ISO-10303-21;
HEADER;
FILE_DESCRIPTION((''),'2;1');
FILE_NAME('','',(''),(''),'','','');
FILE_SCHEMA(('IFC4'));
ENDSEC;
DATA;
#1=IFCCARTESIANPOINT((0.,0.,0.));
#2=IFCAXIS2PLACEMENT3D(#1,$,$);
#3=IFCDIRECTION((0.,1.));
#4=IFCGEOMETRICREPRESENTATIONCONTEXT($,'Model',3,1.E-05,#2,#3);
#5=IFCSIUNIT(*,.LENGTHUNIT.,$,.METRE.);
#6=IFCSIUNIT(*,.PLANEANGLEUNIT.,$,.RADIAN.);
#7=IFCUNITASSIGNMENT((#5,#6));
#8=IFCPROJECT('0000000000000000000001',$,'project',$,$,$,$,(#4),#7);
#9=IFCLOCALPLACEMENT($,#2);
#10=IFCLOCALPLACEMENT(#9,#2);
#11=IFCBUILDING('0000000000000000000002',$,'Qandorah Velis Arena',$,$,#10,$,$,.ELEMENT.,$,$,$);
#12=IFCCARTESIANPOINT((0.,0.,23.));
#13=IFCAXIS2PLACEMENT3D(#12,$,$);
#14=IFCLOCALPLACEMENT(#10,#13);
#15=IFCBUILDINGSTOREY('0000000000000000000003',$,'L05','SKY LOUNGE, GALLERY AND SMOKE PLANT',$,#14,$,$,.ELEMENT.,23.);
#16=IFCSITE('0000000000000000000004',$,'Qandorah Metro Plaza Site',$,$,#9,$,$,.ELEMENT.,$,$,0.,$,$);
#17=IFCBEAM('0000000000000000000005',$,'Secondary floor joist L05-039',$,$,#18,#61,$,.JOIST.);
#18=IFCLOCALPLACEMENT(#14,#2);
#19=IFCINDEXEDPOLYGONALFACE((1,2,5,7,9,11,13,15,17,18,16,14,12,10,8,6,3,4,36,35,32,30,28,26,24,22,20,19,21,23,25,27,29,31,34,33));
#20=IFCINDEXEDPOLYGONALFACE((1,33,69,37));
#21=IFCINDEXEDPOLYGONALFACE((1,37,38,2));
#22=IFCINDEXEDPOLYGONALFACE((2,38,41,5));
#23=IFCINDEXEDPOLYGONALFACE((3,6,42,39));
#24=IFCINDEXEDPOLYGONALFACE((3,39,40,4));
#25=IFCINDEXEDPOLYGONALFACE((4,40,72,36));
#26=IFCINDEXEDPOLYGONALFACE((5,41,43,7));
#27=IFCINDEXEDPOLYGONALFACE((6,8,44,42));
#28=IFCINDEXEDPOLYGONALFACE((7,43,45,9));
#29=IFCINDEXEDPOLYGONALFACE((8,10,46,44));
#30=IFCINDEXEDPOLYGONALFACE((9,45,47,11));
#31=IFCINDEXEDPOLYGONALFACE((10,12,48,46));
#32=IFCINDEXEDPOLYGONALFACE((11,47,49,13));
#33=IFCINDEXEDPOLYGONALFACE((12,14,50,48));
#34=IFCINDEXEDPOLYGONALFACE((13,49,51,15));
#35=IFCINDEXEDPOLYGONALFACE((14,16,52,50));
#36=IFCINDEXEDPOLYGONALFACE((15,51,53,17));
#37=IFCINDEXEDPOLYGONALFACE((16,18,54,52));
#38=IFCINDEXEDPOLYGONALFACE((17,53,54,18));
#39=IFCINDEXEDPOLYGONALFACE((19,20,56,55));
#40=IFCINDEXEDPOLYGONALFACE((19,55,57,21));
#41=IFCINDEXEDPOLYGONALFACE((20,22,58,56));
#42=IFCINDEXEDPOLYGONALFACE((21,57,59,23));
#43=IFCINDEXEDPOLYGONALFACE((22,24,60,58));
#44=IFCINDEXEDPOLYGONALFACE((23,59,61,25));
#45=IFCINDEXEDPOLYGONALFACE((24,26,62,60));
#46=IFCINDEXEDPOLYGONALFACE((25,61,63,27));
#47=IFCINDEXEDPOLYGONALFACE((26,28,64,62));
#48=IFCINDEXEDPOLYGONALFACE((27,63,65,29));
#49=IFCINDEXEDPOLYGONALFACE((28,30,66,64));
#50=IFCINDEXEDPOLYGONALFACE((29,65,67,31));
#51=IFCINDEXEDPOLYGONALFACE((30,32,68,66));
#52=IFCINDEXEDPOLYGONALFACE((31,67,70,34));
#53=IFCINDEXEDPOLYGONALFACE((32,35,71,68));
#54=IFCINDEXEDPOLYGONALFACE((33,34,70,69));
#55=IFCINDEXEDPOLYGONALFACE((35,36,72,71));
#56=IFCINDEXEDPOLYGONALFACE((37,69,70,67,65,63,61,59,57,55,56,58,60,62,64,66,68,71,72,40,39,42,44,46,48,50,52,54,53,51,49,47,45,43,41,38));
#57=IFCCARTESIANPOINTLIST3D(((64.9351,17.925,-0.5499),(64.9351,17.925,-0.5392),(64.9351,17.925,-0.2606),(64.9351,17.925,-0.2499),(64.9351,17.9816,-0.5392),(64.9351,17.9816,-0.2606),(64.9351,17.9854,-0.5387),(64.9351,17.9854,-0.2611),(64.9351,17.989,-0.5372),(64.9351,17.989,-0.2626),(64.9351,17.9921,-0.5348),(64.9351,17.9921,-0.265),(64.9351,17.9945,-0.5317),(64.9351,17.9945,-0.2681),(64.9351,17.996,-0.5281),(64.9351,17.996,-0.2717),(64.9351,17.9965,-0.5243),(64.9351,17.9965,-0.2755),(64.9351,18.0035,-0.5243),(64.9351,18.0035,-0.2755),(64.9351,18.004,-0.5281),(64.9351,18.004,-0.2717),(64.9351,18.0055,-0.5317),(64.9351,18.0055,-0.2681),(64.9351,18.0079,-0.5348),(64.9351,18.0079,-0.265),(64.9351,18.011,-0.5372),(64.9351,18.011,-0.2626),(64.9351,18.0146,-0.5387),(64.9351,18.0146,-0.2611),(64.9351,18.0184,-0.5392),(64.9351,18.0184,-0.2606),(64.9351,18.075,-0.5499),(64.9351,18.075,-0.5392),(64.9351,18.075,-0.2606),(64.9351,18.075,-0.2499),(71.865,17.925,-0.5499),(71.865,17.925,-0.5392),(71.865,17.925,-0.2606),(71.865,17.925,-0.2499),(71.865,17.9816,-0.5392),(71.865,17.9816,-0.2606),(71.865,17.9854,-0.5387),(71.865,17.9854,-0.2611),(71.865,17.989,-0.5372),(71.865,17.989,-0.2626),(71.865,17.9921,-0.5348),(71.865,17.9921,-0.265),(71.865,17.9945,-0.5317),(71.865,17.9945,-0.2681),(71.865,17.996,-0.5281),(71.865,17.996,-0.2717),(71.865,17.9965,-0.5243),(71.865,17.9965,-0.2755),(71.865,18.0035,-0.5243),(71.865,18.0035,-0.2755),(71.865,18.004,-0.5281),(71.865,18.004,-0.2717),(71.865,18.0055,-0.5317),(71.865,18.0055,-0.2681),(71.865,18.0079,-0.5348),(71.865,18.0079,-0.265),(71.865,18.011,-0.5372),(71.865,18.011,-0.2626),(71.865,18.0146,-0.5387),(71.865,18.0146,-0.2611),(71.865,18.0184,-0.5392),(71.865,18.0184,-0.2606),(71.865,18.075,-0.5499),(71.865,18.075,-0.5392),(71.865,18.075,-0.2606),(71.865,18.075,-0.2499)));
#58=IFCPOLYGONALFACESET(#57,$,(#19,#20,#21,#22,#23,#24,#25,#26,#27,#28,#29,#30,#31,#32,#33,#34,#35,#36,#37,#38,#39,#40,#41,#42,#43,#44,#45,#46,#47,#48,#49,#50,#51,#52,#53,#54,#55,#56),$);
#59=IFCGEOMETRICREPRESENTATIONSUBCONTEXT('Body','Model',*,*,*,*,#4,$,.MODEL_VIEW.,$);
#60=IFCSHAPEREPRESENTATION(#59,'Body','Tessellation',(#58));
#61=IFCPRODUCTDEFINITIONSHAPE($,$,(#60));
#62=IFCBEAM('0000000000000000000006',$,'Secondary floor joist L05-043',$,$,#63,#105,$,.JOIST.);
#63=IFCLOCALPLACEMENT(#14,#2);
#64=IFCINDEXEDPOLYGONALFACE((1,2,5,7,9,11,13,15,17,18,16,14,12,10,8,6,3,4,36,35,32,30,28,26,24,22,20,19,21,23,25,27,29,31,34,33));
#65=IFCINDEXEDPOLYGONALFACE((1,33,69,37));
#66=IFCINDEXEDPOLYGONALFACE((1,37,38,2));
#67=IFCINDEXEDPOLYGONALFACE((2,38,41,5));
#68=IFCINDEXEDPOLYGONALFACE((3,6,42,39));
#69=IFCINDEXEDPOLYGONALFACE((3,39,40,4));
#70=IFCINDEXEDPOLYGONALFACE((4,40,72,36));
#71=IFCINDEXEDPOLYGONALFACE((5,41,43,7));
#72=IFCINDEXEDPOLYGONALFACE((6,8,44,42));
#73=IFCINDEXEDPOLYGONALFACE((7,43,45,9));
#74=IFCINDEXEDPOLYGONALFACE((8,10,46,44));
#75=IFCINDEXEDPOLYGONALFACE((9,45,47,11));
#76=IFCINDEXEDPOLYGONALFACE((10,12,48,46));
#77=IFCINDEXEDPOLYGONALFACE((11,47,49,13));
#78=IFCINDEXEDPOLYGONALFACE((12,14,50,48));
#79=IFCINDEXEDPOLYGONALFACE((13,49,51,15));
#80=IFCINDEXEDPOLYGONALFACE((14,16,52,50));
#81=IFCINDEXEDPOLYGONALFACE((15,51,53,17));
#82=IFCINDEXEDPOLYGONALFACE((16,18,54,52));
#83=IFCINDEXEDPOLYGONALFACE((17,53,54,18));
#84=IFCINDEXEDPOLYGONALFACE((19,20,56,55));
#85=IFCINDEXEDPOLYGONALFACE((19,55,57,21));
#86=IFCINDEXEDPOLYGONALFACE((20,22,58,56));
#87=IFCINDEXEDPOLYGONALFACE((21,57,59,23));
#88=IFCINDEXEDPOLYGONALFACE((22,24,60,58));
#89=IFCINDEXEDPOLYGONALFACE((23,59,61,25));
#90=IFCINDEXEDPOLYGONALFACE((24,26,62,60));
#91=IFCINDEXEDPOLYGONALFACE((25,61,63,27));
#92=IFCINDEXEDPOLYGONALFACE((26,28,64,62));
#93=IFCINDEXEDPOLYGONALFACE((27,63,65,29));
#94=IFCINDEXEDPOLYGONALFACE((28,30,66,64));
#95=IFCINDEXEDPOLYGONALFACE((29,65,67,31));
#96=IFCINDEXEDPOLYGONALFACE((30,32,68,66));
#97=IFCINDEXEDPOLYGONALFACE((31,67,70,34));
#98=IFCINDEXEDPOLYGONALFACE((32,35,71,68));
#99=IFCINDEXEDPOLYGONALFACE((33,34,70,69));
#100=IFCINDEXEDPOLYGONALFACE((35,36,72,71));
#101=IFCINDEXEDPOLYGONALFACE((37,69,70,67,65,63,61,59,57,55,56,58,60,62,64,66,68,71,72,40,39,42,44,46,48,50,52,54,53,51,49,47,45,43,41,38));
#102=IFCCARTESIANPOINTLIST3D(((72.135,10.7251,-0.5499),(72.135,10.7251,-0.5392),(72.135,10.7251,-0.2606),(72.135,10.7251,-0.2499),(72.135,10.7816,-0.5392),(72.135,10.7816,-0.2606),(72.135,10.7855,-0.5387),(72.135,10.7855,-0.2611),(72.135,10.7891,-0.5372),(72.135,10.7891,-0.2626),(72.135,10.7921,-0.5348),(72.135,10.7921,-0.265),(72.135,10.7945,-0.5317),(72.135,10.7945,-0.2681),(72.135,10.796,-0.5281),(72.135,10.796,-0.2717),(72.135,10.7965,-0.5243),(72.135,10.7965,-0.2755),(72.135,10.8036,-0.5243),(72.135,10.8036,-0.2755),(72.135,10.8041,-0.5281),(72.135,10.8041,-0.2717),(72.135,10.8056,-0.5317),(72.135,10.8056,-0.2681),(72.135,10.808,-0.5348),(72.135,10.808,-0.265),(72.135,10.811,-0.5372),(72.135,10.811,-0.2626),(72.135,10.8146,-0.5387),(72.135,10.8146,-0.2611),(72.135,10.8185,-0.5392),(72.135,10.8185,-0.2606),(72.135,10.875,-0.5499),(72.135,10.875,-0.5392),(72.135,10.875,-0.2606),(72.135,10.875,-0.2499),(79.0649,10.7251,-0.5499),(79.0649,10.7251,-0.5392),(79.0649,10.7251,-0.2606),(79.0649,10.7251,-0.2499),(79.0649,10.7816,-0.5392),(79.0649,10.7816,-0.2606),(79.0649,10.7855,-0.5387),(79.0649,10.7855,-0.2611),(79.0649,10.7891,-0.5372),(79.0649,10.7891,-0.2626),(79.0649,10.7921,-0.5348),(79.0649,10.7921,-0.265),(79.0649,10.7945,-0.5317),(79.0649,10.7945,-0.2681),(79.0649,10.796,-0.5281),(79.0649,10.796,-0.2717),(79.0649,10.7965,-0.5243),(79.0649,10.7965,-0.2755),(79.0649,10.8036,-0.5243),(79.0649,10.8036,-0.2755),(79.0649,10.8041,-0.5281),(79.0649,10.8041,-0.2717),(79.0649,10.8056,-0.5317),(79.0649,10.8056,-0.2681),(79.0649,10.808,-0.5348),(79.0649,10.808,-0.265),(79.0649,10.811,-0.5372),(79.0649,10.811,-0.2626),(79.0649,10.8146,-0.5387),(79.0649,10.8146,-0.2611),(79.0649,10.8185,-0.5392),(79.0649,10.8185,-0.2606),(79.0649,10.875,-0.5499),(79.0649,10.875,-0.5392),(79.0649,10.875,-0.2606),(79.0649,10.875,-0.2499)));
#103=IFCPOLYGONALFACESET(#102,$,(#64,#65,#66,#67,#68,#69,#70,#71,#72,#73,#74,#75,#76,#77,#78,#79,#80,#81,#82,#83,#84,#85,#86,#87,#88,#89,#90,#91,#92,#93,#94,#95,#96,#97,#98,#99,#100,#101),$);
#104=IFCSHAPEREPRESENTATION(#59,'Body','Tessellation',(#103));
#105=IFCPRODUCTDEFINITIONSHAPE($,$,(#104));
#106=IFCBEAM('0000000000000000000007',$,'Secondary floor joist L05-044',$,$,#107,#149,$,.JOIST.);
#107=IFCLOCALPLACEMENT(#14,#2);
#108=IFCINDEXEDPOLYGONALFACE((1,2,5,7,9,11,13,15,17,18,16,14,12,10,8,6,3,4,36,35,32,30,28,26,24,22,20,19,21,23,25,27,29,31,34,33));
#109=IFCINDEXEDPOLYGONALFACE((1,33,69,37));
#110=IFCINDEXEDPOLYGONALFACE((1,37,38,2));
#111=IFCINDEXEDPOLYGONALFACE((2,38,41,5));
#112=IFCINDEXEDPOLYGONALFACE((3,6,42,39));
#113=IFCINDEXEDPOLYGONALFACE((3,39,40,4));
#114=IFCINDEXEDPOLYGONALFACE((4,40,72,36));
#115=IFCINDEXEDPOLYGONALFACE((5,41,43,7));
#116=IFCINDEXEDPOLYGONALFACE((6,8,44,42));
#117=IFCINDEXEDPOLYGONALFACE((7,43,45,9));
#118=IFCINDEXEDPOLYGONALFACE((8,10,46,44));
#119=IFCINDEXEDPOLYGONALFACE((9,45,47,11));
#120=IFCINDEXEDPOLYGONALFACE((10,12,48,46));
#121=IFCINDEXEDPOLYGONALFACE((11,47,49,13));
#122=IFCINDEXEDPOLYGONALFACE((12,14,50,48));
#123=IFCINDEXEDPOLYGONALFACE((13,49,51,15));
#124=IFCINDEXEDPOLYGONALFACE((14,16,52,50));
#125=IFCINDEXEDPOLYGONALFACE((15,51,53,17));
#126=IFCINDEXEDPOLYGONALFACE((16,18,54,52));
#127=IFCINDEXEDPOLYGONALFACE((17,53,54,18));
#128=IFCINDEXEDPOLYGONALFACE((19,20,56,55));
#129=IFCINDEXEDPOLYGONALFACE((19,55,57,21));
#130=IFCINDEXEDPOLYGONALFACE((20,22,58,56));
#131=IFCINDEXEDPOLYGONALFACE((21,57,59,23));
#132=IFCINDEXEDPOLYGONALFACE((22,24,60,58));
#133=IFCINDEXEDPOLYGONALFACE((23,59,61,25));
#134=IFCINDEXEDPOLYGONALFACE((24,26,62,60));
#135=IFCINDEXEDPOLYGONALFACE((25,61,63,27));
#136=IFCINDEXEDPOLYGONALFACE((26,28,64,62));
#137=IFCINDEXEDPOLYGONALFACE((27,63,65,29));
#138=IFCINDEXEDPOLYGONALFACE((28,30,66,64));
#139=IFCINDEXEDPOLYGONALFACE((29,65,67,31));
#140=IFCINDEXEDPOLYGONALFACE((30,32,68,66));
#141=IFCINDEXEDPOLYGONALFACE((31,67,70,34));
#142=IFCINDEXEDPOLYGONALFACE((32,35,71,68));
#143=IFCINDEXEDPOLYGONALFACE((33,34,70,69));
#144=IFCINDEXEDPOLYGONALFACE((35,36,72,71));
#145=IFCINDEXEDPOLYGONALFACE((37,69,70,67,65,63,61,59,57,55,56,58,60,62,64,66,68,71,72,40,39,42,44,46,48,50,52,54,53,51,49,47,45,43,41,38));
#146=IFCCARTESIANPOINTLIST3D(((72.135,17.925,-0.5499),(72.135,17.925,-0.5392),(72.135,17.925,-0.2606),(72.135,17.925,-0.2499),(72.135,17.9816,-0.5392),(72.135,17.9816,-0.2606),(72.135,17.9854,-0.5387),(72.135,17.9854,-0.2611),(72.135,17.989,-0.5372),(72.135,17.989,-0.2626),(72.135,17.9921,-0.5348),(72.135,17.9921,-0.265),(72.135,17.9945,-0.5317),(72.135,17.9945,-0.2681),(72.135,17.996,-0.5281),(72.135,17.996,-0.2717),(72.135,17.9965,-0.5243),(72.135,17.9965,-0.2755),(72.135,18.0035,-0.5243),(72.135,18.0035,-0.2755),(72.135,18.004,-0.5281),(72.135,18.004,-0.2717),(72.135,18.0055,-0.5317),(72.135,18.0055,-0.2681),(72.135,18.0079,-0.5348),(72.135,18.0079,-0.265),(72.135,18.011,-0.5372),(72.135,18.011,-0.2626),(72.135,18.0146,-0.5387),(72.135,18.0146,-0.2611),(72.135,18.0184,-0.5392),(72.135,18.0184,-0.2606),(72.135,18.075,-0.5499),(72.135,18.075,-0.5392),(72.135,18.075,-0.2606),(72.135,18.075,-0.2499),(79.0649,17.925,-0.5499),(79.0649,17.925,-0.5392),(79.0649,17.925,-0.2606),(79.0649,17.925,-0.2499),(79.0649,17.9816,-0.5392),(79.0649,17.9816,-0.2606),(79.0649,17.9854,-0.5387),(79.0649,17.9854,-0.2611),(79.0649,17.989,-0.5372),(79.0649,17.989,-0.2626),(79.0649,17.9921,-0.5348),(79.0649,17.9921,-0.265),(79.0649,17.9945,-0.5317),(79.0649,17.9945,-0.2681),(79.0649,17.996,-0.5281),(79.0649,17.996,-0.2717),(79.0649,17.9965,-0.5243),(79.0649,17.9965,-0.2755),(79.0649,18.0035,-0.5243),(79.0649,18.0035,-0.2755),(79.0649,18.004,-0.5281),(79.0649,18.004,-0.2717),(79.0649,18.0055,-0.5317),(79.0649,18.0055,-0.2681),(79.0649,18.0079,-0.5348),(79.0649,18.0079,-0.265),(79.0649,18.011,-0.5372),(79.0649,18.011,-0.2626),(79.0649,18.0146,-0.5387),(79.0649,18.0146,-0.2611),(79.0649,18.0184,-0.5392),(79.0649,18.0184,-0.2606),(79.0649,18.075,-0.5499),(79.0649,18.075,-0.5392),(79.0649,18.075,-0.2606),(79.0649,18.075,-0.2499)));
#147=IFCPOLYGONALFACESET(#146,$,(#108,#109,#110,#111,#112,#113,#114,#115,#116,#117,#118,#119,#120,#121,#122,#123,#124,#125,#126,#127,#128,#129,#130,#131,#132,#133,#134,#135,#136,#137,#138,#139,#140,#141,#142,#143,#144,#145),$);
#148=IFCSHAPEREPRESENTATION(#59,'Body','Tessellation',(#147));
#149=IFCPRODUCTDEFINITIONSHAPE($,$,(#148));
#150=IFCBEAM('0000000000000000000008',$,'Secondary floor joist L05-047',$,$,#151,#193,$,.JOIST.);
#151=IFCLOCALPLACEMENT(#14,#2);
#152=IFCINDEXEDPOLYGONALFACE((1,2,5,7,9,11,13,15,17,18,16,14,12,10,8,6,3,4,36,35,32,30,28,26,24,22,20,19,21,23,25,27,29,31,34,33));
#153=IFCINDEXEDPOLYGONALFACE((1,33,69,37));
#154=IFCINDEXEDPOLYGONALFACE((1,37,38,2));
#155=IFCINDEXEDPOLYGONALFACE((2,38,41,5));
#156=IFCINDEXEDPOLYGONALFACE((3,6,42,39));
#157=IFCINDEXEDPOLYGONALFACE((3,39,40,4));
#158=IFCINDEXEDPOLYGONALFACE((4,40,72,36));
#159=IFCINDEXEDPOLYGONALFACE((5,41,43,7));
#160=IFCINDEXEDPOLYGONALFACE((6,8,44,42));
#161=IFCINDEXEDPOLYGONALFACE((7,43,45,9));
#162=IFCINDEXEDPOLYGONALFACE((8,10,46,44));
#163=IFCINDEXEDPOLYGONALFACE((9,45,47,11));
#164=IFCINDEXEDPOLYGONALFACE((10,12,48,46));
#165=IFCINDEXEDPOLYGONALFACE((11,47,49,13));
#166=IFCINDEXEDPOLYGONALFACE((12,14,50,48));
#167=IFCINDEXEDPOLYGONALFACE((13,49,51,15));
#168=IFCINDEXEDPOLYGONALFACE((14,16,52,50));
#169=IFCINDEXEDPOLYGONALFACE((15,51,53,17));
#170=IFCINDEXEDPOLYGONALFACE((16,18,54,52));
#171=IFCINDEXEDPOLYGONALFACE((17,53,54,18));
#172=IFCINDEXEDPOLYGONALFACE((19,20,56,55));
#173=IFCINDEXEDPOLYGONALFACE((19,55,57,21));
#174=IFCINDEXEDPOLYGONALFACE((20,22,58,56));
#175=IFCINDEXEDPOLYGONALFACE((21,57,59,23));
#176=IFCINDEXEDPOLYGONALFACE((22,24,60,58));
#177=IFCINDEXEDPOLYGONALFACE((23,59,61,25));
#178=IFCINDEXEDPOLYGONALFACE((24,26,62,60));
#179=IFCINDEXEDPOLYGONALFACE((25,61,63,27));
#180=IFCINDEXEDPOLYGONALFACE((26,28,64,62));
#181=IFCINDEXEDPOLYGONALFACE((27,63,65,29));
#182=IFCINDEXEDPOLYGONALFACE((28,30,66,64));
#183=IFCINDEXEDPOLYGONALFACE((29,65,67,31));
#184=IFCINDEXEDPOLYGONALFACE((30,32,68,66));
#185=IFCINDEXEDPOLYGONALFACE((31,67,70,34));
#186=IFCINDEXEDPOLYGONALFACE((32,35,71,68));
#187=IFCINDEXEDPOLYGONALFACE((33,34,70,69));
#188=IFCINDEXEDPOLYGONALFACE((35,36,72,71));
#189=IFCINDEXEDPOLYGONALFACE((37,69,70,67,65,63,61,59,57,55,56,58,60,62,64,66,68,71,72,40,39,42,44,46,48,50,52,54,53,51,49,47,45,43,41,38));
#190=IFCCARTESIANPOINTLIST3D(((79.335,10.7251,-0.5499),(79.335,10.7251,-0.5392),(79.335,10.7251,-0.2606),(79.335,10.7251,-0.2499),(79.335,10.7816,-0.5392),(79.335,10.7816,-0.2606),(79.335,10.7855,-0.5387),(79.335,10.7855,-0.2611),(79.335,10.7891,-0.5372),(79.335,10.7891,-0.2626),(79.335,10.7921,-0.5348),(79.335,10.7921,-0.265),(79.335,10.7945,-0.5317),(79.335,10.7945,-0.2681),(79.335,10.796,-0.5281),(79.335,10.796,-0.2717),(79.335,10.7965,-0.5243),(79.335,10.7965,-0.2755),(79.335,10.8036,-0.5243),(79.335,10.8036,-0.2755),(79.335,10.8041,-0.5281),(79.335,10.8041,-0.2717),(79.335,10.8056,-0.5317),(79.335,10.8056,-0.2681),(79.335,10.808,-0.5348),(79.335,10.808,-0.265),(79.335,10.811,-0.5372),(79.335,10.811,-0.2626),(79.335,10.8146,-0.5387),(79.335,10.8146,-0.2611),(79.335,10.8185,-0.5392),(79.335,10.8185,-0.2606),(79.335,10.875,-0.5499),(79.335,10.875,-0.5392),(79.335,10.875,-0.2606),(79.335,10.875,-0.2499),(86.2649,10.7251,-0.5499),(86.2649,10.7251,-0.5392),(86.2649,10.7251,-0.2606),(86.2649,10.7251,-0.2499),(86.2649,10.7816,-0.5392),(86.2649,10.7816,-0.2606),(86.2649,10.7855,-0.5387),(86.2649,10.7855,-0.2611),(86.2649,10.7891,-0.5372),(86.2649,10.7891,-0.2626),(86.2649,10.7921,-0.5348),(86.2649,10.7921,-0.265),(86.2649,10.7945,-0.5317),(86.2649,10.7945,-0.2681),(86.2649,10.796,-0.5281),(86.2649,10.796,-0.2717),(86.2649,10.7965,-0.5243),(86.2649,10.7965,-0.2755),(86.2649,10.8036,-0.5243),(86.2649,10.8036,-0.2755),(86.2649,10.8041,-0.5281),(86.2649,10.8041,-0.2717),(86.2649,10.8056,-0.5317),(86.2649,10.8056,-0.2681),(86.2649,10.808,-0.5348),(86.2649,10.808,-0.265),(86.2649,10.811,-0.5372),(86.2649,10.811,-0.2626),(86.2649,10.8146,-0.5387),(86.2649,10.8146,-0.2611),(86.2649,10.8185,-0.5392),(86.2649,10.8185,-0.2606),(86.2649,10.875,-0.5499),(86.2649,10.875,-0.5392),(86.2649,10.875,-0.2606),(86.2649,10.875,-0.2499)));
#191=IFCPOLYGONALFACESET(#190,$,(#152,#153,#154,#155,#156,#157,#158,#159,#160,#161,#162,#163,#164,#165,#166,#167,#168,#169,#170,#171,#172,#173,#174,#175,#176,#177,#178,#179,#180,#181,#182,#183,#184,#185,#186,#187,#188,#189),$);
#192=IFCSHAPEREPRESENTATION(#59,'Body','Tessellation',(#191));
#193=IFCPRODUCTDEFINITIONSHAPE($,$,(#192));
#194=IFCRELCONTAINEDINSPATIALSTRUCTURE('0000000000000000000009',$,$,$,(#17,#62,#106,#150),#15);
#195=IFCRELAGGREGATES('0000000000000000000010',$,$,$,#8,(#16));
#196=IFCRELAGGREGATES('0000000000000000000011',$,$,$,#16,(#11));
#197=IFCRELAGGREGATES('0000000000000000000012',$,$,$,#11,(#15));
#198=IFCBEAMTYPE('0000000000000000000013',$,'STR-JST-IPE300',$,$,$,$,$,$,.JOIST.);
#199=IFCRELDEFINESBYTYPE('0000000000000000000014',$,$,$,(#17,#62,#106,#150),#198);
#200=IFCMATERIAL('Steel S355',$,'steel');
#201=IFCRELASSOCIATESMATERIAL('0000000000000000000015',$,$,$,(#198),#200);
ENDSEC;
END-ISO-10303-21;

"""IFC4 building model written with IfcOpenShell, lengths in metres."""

from ifc_helpers import new_model, si_unit, direction, frame, origin, origin_2d, place, context, subcontext, project, spatial, i_section, extrude, material, material_profile, profile_set, type_object, element, save


model = new_model("IFC4")

# Units and contexts
model_context = context("Model", 3, precision=1e-05, world=origin(), true_north=direction((0.0, 1.0)))
body_context = subcontext(model_context, "Body", "Model", "MODEL_VIEW")
ifc_project = project(units=[si_unit("LENGTHUNIT", "METRE"), si_unit("PLANEANGLEUNIT", "RADIAN")], contexts=[model_context])

# Site, building, storey
site_placement = place(None, origin())
site = spatial("IfcSite", under=ifc_project, at=site_placement, Name="Qandorah Metro Plaza Site", CompositionType="ELEMENT", RefElevation=0.0)
building_placement = place(site_placement, origin())
building = spatial("IfcBuilding", under=site, at=building_placement, Name="Qandorah Velis Arena", CompositionType="ELEMENT")
storey_placement = place(building_placement, frame((0.0, 0.0, 23.0)))
storey = spatial("IfcBuildingStorey", under=building, at=storey_placement, Name="L05", Description="SKY LOUNGE, GALLERY AND SMOKE PLANT", CompositionType="ELEMENT", Elevation=23.0)

# Beams
ifc_material_1 = material(Name="Steel S355", Category="steel")
ifc_material_profile_1 = material_profile(ifc_material_1, i_section(OverallWidth=0.1499, OverallDepth=0.3, WebThickness=0.0071, FlangeThickness=0.0107, FilletRadius=0.0149, at=origin_2d()), Name="IPE 300")
ifc_profile_set_1 = profile_set([ifc_material_profile_1], Name="Steel S355")
beam_type_1 = type_object("IfcBeamType", Name="STR-JST-IPE300", PredefinedType="JOIST", material=ifc_profile_set_1)
for number, where, z_axis, x_axis, name in (
    (1, (64.9351, 18.0, -0.3999), (1.0, 0.0, 0.0), (0.0, 1.0, 0.0), "Secondary floor joist L05-039"),
    (2, (72.135, 10.8, -0.3999), (1.0, 0.0, 0.0), (0.0, 1.0, 0.0), "Secondary floor joist L05-043"),
    (3, (72.135, 18.0, -0.3999), (1.0, 0.0, 0.0), (0.0, 1.0, 0.0), "Secondary floor joist L05-044"),
    (4, (79.335, 10.8, -0.3999), (1.0, 0.0, 0.0), (0.0, 1.0, 0.0), "Secondary floor joist L05-047"),
):
    element("IfcBeam", number, at=place(storey_placement, frame(where, z_axis=z_axis, x_axis=x_axis)), inside=storey, type_object=beam_type_1, Name=name, PredefinedType="JOIST", context=body_context, shape_type="SweptSolid", body=[
        extrude(i_section(OverallWidth=0.1499, OverallDepth=0.3, WebThickness=0.0071, FlangeThickness=0.0107, FilletRadius=0.0149, at=origin_2d()), origin(), (0.0, 0.0, 1.0), 6.9299),
    ])

save(model, "model.ifc")
